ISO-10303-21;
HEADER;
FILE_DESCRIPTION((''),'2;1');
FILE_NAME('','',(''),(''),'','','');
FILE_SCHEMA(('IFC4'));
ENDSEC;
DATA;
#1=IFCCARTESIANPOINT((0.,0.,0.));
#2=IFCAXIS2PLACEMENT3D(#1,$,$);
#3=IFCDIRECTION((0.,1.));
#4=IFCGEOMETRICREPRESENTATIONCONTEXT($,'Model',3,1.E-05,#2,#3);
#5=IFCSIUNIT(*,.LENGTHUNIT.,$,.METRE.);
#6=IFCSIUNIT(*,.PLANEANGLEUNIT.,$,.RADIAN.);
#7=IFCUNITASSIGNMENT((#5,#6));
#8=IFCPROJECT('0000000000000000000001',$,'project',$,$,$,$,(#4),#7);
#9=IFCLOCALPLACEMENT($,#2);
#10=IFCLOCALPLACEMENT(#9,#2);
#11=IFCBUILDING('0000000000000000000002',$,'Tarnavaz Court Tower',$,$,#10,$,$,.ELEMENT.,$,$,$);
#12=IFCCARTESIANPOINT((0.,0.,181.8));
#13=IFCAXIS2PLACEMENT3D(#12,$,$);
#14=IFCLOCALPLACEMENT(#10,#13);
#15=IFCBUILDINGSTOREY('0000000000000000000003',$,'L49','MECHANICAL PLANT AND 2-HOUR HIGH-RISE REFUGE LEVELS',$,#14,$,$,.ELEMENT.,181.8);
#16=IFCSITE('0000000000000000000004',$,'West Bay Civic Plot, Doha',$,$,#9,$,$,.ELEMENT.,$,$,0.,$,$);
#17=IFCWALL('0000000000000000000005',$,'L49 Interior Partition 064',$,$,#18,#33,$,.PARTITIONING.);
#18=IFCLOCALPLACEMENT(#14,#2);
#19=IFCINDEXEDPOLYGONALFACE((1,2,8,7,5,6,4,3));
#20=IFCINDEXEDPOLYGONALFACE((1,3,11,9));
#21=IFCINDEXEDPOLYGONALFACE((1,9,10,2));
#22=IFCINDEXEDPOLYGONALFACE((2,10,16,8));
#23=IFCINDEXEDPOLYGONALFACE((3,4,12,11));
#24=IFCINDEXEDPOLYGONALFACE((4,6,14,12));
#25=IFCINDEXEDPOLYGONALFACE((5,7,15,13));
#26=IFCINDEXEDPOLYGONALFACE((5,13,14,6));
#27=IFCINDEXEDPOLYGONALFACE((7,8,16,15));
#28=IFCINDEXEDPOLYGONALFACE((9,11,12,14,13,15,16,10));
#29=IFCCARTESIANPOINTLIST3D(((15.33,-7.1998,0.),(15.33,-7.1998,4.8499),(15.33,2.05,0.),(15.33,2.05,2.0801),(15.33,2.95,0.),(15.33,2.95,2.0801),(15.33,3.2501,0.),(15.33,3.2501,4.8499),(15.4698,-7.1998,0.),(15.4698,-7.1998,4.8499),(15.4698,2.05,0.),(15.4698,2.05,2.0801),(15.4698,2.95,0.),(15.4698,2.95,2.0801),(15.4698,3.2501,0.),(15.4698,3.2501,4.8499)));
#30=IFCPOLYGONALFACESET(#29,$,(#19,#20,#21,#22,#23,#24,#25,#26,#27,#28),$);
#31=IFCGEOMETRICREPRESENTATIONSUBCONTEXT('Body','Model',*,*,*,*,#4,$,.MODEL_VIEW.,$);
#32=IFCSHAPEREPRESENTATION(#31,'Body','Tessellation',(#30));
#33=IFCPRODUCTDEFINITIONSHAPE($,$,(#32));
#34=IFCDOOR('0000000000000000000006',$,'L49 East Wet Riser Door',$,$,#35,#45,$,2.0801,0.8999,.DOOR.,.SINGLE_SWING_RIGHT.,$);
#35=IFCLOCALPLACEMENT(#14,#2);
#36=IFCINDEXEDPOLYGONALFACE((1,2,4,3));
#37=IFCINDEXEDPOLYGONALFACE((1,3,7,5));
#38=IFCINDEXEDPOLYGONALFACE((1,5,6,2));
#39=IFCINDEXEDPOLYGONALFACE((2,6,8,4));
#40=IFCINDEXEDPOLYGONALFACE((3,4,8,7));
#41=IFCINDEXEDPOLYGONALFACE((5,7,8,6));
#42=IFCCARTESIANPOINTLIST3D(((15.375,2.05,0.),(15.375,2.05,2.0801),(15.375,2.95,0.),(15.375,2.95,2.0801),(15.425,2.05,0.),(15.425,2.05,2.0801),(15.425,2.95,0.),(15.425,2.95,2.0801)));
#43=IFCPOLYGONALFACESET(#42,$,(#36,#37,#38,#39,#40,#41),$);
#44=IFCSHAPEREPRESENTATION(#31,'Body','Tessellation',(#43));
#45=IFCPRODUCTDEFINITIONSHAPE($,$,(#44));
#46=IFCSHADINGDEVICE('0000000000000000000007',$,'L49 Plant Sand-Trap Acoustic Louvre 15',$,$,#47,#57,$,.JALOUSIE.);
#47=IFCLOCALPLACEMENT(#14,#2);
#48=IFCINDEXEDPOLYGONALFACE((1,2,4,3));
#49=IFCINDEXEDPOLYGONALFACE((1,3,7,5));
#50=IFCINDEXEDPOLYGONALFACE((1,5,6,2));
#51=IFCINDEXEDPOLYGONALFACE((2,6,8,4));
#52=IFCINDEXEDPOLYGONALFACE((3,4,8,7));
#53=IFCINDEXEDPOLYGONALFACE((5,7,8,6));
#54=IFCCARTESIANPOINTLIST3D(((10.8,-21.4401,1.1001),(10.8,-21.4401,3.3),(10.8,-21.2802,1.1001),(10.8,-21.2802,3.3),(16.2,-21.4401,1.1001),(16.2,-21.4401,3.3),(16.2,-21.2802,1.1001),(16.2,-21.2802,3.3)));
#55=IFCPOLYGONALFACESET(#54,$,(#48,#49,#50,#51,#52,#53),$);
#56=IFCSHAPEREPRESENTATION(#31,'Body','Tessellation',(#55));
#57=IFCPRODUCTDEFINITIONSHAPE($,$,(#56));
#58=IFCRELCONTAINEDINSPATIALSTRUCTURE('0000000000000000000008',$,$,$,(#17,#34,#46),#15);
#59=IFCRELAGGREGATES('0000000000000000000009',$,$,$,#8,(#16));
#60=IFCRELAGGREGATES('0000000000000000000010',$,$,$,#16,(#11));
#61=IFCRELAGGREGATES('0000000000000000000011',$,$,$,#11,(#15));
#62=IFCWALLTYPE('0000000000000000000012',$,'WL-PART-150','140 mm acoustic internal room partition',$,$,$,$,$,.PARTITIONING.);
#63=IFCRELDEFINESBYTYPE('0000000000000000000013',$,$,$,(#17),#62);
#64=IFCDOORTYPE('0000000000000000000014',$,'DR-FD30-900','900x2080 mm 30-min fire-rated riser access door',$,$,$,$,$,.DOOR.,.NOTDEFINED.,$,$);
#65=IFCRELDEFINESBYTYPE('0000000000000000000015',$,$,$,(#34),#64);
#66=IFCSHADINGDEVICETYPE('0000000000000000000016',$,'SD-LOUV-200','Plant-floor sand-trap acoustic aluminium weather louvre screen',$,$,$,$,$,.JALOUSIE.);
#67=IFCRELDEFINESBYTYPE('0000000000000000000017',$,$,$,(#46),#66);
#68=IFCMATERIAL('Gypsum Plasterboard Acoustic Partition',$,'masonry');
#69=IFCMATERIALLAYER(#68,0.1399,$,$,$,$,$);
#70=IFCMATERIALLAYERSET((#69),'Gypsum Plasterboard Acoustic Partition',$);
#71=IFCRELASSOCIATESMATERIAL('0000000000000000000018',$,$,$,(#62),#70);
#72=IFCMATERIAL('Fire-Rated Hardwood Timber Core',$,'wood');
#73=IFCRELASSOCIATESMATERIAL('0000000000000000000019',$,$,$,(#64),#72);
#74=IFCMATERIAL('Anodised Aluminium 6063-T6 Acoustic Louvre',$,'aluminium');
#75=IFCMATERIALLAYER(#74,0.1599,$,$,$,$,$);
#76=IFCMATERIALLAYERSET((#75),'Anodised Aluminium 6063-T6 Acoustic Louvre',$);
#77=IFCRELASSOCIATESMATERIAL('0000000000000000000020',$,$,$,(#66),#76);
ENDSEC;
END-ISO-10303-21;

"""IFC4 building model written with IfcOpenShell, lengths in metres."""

from ifc_helpers import new_model, si_unit, direction, frame, frame_2d, origin, origin_2d, place, context, subcontext, project, spatial, rectangle, extrude, material, layer, layer_set, type_object, element, fill, save


model = new_model("IFC4")

# Units and contexts
model_context = context("Model", 3, precision=1e-05, world=origin(), true_north=direction((0.0, 1.0)))
body_context = subcontext(model_context, "Body", "Model", "MODEL_VIEW")
ifc_project = project(units=[si_unit("LENGTHUNIT", "METRE"), si_unit("PLANEANGLEUNIT", "RADIAN")], contexts=[model_context])

# Site, building, storey
site_placement = place(None, origin())
site = spatial("IfcSite", under=ifc_project, at=site_placement, Name="West Bay Civic Plot, Doha", CompositionType="ELEMENT", RefElevation=0.0)
building_placement = place(site_placement, origin())
building = spatial("IfcBuilding", under=site, at=building_placement, Name="Tarnavaz Court Tower", CompositionType="ELEMENT")
storey_placement = place(building_placement, frame((0.0, 0.0, 181.8)))
storey = spatial("IfcBuildingStorey", under=building, at=storey_placement, Name="L49", Description="MECHANICAL PLANT AND 2-HOUR HIGH-RISE REFUGE LEVELS", CompositionType="ELEMENT", Elevation=181.8)

# Wall, opening, door
ifc_material_1 = material(Name="Gypsum Plasterboard Acoustic Partition", Category="masonry")
ifc_layer_1 = layer(ifc_material_1, 0.1399)
ifc_layer_set_1 = layer_set([ifc_layer_1], Name="Gypsum Plasterboard Acoustic Partition")
wall_type_1 = type_object("IfcWallType", Name="WL-PART-150", Description="140 mm acoustic internal room partition", PredefinedType="PARTITIONING", material=ifc_layer_set_1)
wall_1_placement = place(storey_placement, frame((15.3999, -7.2, 0.0), z_axis=(0.0, 0.0, 1.0), x_axis=(0.0, 1.0, 0.0)))
wall_1 = element("IfcWall", 1, at=wall_1_placement, inside=storey, type_object=wall_type_1, Name="L49 Interior Partition 064", PredefinedType="PARTITIONING", context=body_context, shape_type="SweptSolid", body=[
    extrude(rectangle(XDim=10.45, YDim=0.1399, at=frame_2d((5.2251, 0.0))), origin(), (0.0, 0.0, 1.0), 4.8499),
])
opening_1_placement = place(wall_1_placement, frame((9.25, 0.0, 0.0)))
opening_1 = element("IfcOpeningElement", 2, at=opening_1_placement, cuts=wall_1, PredefinedType="OPENING", context=body_context, shape_type="SweptSolid", body=[
    extrude(rectangle(XDim=0.8999, YDim=2.0801, at=frame_2d((0.45, 1.04))), frame((0.0, 0.0798, 0.0), z_axis=(0.0, -1.0, 0.0), x_axis=(1.0, 0.0, 0.0)), (0.0, 0.0, 1.0), 0.1599),
])
ifc_material_2 = material(Name="Fire-Rated Hardwood Timber Core", Category="wood")
door_type = type_object("IfcDoorType", Name="DR-FD30-900", Description="900x2080 mm 30-min fire-rated riser access door", OperationType="NOTDEFINED", PredefinedType="DOOR", material=ifc_material_2)
door_placement = place(opening_1_placement, origin())
door = element("IfcDoor", 3, at=door_placement, inside=storey, type_object=door_type, Name="L49 East Wet Riser Door", OperationType="SINGLE_SWING_RIGHT", OverallHeight=2.0801, OverallWidth=0.8999, PredefinedType="DOOR", context=body_context, shape_type="SweptSolid", body=[
    extrude(rectangle(XDim=0.8999, YDim=2.0801, at=frame_2d((0.45, 1.04))), frame((0.0, 0.0249, 0.0), z_axis=(0.0, -1.0, 0.0), x_axis=(1.0, 0.0, 0.0)), (0.0, 0.0, 1.0), 0.05),
])
fill(opening_1, door)

# Shading device
ifc_material_3 = material(Name="Anodised Aluminium 6063-T6 Acoustic Louvre", Category="aluminium")
ifc_layer_2 = layer(ifc_material_3, 0.1599)
ifc_layer_set_2 = layer_set([ifc_layer_2], Name="Anodised Aluminium 6063-T6 Acoustic Louvre")
shading_device_type = type_object("IfcShadingDeviceType", Name="SD-LOUV-200", Description="Plant-floor sand-trap acoustic aluminium weather louvre screen", PredefinedType="JALOUSIE", material=ifc_layer_set_2)
shading_device_placement = place(storey_placement, frame((13.5, -21.3601, 1.1001), z_axis=(0.0, 0.0, 1.0), x_axis=(-1.0, 0.0, 0.0)))
element("IfcShadingDevice", 4, at=shading_device_placement, inside=storey, type_object=shading_device_type, Name="L49 Plant Sand-Trap Acoustic Louvre 15", PredefinedType="JALOUSIE", context=body_context, shape_type="SweptSolid", body=[
    extrude(rectangle(XDim=5.3999, YDim=0.1599, at=origin_2d()), origin(), (0.0, 0.0, 1.0), 2.2),
])

save(model, "model.ifc")
